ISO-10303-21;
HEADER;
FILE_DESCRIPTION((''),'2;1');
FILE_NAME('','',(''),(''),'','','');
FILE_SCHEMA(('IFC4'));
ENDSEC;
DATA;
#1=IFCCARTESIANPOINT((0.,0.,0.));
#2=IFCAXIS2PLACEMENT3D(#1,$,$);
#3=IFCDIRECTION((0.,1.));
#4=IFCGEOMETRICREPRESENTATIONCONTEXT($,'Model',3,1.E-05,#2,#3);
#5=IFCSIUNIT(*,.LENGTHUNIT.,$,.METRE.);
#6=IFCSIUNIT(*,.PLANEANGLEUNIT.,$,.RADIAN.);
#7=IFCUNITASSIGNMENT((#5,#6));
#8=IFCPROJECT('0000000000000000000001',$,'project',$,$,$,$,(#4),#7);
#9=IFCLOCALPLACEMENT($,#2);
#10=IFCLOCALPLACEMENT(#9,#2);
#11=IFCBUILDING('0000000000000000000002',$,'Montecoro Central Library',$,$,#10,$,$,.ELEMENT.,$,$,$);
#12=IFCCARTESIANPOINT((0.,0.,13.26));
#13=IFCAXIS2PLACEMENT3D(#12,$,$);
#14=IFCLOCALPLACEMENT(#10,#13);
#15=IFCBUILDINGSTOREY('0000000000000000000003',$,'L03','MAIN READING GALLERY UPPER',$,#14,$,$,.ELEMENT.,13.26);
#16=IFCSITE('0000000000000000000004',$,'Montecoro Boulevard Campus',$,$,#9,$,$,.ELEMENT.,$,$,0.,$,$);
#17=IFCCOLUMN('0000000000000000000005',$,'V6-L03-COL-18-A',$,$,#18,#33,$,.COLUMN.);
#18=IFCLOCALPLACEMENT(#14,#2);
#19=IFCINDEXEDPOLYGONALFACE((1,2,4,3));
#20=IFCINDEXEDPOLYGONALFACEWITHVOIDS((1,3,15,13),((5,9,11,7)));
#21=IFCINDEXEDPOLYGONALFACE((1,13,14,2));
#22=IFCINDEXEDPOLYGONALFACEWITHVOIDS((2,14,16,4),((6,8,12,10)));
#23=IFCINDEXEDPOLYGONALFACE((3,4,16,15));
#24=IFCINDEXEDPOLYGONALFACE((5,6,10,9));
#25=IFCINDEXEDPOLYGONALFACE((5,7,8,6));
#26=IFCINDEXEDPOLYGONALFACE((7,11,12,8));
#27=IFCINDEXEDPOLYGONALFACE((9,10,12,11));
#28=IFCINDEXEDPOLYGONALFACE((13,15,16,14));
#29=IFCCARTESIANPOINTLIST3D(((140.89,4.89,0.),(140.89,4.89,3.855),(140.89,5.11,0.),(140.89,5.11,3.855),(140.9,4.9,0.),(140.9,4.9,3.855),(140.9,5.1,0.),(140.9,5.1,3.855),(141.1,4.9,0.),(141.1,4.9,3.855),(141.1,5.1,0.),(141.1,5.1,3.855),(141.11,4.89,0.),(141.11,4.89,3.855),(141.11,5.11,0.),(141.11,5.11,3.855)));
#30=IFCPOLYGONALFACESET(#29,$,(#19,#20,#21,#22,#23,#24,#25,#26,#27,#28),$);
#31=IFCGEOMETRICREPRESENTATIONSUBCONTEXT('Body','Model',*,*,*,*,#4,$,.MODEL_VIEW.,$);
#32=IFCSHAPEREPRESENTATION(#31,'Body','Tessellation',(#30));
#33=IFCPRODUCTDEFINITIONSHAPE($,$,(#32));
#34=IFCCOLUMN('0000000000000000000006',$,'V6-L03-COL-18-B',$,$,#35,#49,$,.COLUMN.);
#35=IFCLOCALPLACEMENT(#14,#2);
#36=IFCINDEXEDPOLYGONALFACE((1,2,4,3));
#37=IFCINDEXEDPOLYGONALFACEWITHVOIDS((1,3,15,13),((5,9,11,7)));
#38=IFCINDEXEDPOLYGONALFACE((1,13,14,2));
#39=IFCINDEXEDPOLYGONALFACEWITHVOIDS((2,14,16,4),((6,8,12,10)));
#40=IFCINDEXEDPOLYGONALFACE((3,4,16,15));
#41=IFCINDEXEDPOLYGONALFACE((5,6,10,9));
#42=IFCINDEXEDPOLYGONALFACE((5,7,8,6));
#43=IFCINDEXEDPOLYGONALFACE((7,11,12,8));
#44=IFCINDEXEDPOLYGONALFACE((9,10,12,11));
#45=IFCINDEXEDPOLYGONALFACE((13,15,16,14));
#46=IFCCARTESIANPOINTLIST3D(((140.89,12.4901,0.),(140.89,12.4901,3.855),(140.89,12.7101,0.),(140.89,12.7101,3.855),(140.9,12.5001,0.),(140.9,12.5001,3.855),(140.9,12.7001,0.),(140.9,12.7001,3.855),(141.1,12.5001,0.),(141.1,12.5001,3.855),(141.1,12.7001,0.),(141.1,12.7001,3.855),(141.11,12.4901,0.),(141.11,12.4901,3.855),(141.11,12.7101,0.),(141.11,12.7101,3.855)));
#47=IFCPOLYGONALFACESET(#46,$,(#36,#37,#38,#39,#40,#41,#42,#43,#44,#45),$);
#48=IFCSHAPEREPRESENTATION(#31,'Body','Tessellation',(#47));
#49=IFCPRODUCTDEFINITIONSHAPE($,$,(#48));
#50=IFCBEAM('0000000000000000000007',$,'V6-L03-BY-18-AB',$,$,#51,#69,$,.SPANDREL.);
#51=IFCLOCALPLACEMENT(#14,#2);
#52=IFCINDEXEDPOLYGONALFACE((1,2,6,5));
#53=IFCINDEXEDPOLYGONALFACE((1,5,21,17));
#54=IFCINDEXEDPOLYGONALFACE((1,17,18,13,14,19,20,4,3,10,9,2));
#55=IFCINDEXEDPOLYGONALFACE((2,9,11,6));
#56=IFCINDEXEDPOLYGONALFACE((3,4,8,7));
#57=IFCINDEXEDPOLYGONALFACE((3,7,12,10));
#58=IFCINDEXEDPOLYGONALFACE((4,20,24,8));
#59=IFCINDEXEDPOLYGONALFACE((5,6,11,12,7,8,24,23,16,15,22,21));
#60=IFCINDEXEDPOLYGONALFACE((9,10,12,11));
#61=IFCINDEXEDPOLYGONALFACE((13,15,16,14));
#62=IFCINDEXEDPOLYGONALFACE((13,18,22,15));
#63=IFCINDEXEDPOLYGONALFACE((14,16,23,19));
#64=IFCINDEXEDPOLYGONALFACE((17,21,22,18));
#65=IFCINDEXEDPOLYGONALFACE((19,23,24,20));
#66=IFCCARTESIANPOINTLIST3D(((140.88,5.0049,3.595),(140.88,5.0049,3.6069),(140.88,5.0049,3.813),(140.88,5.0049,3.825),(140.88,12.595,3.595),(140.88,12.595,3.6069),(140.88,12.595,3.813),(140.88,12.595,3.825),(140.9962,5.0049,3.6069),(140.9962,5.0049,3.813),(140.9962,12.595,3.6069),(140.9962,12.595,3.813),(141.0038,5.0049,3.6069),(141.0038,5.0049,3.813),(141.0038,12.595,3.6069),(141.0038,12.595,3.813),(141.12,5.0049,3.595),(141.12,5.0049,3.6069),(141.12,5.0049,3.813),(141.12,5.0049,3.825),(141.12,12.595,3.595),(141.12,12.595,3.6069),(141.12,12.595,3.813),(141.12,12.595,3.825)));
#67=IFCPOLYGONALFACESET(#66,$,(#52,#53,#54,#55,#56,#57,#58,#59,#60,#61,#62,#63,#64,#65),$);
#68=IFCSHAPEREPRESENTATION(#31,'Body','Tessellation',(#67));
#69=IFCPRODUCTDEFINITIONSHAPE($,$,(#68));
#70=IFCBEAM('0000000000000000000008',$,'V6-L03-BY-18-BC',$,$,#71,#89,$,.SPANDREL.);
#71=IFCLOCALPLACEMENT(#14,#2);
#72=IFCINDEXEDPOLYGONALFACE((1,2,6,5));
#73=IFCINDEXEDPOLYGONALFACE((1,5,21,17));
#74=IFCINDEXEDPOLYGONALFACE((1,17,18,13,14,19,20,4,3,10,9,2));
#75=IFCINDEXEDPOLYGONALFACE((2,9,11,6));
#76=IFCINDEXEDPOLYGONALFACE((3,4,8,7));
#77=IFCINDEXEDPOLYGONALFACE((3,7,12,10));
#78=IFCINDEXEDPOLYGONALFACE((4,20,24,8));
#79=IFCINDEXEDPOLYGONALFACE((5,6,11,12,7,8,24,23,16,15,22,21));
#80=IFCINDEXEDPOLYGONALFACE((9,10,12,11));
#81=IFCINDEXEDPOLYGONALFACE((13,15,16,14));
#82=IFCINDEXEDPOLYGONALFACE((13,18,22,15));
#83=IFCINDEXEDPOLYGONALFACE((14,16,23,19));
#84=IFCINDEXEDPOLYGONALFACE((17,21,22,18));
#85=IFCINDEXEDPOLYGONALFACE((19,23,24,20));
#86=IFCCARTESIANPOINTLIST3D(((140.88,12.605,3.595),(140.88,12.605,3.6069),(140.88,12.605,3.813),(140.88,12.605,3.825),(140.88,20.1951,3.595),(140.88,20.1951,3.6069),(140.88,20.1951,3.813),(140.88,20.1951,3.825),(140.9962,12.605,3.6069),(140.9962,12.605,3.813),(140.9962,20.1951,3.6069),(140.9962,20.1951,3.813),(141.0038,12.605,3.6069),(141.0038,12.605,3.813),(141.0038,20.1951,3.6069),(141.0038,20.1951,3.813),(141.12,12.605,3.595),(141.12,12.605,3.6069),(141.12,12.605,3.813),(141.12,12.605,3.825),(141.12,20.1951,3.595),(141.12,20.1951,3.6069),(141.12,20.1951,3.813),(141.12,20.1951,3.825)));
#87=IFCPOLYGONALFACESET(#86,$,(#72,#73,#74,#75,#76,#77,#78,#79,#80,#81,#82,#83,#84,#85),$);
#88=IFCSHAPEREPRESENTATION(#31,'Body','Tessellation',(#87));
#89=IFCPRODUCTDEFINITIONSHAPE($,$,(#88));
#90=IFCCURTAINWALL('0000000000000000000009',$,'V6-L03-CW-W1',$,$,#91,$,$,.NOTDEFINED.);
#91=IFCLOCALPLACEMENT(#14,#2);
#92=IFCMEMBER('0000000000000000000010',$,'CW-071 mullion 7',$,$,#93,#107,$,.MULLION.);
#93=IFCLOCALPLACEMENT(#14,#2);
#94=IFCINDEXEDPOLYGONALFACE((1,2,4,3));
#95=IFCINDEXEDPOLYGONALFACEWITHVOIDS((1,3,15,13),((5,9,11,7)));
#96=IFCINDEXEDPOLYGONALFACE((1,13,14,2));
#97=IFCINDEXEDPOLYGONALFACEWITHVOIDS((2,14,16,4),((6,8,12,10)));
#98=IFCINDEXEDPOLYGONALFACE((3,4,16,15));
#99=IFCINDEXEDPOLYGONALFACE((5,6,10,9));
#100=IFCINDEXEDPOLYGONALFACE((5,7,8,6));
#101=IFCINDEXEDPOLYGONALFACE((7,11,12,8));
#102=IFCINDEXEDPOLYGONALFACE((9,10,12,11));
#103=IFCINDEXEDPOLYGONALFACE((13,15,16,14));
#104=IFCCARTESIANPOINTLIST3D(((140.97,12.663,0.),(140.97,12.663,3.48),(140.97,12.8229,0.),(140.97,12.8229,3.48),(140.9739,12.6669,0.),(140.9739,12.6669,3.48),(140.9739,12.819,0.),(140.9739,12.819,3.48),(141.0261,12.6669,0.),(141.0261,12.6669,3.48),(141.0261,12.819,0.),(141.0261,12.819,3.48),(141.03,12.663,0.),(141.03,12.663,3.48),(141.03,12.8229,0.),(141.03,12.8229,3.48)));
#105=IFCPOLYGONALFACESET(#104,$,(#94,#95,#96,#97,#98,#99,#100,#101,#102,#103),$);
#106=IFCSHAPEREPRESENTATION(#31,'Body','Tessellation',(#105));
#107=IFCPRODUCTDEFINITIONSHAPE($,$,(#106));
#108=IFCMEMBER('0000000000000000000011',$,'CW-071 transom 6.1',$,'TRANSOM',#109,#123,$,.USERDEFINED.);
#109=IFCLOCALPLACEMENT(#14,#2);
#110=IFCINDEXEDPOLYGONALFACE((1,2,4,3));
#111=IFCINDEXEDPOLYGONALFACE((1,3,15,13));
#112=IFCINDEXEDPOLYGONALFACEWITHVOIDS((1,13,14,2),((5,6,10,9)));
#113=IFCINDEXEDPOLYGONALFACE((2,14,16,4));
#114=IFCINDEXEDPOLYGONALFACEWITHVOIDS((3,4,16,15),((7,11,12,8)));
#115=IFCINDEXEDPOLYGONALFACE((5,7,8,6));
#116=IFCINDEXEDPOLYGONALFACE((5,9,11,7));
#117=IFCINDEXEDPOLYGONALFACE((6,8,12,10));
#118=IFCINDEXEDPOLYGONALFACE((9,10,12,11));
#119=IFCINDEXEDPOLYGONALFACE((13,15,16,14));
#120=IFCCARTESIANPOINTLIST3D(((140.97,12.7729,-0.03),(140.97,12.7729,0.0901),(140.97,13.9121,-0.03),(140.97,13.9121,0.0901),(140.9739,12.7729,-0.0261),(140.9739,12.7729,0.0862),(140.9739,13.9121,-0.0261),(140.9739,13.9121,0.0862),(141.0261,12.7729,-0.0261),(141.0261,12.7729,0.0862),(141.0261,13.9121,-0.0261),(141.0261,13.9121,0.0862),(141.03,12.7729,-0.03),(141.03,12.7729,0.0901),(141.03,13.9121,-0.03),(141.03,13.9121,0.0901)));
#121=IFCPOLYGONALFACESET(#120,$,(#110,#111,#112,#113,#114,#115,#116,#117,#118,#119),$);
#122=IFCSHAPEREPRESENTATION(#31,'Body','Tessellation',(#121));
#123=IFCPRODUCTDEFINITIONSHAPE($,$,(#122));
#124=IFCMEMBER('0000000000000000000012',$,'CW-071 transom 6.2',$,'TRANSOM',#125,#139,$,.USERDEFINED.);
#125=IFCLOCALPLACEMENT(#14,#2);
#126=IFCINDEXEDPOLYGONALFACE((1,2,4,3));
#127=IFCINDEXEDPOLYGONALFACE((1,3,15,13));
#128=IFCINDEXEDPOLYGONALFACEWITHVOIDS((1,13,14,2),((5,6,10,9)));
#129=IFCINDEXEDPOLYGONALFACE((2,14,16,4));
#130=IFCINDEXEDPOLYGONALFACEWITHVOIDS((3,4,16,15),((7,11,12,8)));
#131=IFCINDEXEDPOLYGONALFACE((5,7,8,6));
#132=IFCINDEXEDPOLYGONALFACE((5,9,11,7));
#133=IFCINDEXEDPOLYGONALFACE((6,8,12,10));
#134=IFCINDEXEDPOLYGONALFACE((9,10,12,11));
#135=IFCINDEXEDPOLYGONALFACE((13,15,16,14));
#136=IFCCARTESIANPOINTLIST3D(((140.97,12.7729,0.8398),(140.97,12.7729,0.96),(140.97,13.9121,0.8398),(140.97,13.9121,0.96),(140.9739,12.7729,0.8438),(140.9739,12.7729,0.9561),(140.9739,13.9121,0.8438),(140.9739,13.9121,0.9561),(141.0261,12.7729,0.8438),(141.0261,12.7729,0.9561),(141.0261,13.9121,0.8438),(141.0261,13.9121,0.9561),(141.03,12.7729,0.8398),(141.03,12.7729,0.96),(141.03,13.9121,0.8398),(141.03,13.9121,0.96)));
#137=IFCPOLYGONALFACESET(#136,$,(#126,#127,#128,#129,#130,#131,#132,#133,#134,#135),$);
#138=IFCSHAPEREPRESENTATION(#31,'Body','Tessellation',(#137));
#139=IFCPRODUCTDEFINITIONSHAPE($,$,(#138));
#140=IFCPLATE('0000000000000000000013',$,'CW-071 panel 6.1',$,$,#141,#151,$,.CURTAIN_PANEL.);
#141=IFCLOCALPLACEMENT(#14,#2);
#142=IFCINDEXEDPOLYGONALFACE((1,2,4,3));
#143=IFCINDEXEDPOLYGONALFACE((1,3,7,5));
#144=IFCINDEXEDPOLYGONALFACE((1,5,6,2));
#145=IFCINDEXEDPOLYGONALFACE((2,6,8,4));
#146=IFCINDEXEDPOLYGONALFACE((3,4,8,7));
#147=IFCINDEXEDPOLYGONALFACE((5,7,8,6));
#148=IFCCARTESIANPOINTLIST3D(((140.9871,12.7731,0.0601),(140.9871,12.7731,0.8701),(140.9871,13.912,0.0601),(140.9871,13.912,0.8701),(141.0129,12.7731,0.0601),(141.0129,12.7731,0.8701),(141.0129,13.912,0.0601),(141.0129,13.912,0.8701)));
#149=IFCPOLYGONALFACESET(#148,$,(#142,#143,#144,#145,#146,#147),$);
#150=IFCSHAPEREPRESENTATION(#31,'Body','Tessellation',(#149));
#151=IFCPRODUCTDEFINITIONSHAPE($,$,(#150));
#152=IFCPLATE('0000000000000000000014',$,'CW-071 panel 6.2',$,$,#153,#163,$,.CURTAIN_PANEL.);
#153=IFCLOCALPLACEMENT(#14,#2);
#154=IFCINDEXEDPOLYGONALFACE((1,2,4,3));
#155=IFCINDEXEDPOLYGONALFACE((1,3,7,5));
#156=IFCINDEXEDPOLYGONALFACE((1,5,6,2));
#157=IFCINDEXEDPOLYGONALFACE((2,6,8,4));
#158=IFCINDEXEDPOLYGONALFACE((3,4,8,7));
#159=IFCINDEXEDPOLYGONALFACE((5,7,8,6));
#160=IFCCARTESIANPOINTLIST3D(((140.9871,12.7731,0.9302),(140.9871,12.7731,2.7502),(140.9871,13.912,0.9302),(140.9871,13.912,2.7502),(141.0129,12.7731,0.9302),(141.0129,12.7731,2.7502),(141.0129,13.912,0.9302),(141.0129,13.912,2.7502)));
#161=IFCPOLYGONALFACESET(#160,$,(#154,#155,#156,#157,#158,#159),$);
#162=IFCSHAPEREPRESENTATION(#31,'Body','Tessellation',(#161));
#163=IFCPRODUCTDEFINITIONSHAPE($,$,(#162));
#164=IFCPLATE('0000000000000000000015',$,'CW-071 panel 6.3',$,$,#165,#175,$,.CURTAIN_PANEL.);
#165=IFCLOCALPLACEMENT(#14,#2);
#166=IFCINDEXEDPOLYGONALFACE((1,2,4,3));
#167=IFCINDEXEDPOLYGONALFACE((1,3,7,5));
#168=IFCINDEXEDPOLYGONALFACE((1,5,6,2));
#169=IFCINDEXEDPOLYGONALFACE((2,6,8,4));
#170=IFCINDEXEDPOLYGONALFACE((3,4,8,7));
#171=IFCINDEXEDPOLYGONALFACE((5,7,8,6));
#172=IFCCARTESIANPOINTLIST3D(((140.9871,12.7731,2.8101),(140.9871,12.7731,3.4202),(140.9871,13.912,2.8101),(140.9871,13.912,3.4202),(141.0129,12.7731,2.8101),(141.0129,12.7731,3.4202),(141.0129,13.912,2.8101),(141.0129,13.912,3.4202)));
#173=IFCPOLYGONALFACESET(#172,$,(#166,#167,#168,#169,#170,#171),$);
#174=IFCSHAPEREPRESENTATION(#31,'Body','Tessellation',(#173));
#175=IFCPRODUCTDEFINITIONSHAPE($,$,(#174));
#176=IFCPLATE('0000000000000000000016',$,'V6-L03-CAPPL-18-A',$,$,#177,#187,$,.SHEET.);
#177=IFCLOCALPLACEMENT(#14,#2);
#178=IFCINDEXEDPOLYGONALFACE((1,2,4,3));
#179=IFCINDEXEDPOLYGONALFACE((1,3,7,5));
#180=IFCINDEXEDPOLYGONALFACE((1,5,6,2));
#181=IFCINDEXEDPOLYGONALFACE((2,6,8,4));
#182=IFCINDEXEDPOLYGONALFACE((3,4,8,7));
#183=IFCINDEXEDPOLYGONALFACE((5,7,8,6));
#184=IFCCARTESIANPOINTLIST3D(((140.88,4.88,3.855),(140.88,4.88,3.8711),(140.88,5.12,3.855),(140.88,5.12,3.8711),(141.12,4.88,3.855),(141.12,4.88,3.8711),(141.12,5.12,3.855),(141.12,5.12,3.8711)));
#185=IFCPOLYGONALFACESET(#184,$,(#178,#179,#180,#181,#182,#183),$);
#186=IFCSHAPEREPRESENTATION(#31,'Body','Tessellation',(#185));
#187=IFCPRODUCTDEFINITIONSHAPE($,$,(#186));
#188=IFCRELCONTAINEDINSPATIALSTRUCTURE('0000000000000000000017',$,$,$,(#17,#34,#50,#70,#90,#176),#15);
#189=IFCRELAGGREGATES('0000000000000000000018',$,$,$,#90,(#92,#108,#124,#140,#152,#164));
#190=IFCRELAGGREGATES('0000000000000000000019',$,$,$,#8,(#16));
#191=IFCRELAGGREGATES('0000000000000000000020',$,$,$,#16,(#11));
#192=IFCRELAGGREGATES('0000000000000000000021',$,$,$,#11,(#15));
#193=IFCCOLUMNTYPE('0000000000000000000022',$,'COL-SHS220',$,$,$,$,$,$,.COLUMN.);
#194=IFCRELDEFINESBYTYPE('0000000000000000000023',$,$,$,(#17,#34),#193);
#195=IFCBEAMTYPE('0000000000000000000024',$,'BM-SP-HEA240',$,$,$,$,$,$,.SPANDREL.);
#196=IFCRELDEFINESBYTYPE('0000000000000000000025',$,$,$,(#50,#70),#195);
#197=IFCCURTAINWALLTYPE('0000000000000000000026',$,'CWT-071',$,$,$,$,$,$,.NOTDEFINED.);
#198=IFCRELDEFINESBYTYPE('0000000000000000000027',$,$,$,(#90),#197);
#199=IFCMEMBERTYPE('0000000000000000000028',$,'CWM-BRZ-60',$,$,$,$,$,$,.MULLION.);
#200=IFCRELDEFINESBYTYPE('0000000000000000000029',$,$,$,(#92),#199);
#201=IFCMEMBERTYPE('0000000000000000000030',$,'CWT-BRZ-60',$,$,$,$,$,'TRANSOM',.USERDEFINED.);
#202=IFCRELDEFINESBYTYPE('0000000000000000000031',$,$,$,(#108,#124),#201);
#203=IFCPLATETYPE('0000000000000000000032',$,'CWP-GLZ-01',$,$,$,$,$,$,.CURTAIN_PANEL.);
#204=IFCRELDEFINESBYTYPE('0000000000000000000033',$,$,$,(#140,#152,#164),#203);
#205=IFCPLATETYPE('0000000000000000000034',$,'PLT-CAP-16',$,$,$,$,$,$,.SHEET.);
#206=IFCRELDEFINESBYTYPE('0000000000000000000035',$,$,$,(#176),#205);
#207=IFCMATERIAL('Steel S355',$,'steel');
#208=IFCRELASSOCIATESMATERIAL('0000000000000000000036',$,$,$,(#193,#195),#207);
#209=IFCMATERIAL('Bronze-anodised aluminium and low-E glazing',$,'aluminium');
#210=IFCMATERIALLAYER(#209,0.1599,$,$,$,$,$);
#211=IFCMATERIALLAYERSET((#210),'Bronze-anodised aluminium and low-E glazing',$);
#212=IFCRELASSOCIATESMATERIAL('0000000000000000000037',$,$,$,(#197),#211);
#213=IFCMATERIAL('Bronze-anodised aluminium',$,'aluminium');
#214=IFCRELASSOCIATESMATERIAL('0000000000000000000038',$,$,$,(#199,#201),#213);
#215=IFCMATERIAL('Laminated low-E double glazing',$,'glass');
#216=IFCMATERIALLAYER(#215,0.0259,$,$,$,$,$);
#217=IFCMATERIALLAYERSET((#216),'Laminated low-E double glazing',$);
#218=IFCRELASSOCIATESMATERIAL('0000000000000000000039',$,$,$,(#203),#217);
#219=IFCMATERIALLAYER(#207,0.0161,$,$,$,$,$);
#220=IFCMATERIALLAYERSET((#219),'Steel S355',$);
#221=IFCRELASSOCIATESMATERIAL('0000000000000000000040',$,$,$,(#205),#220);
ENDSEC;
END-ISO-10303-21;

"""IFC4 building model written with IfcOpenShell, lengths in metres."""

from ifc_helpers import new_model, si_unit, direction, frame, origin, origin_2d, place, context, subcontext, project, spatial, rectangle, hollow_rectangle, i_section, extrude, material, layer, layer_set, material_profile, profile_set, type_object, element, aggregate, save


model = new_model("IFC4")

# Units and contexts
model_context = context("Model", 3, precision=1e-05, world=origin(), true_north=direction((0.0, 1.0)))
body_context = subcontext(model_context, "Body", "Model", "MODEL_VIEW")
ifc_project = project(units=[si_unit("LENGTHUNIT", "METRE"), si_unit("PLANEANGLEUNIT", "RADIAN")], contexts=[model_context])

# Site, building, storey
site_placement = place(None, origin())
site = spatial("IfcSite", under=ifc_project, at=site_placement, Name="Montecoro Boulevard Campus", CompositionType="ELEMENT", RefElevation=0.0)
building_placement = place(site_placement, origin())
building = spatial("IfcBuilding", under=site, at=building_placement, Name="Montecoro Central Library", CompositionType="ELEMENT")
storey_placement = place(building_placement, frame((0.0, 0.0, 13.26)))
storey = spatial("IfcBuildingStorey", under=building, at=storey_placement, Name="L03", Description="MAIN READING GALLERY UPPER", CompositionType="ELEMENT", Elevation=13.26)

# Columns
ifc_material_1 = material(Name="Steel S355", Category="steel")
ifc_material_profile_1 = material_profile(ifc_material_1, hollow_rectangle(XDim=0.22, YDim=0.22, WallThickness=0.01, at=origin_2d()), Name="SHS 220x220x10.0")
ifc_profile_set_1 = profile_set([ifc_material_profile_1], Name="Steel S355")
column_type = type_object("IfcColumnType", Name="COL-SHS220", PredefinedType="COLUMN", material=ifc_profile_set_1)
for number, where, z_axis, x_axis, name in (
    (1, (141.0, 5.0, 0.0), (0.0, 0.0, 1.0), (1.0, 0.0, 0.0), "V6-L03-COL-18-A"),
    (2, (141.0, 12.6001, 0.0), (0.0, 0.0, 1.0), (1.0, 0.0, 0.0), "V6-L03-COL-18-B"),
):
    element("IfcColumn", number, at=place(storey_placement, frame(where, z_axis=z_axis, x_axis=x_axis)), inside=storey, type_object=column_type, Name=name, PredefinedType="COLUMN", context=body_context, shape_type="SweptSolid", body=[
        extrude(hollow_rectangle(XDim=0.22, YDim=0.22, WallThickness=0.01, at=origin_2d()), origin(), (0.0, 0.0, 1.0), 3.855),
    ])

# Beams
ifc_material_profile_2 = material_profile(ifc_material_1, i_section(OverallWidth=0.24, OverallDepth=0.23, WebThickness=0.0076, FlangeThickness=0.012, at=origin_2d()), Name="HEA 240")
ifc_profile_set_2 = profile_set([ifc_material_profile_2], Name="Steel S355")
beam_type = type_object("IfcBeamType", Name="BM-SP-HEA240", PredefinedType="SPANDREL", material=ifc_profile_set_2)
for number, where, z_axis, x_axis, name in (
    (3, (141.0, 5.0049, 3.71), (0.0, 1.0, 0.0), (-1.0, 0.0, 0.0), "V6-L03-BY-18-AB"),
    (4, (141.0, 12.605, 3.71), (0.0, 1.0, 0.0), (-1.0, 0.0, 0.0), "V6-L03-BY-18-BC"),
):
    element("IfcBeam", number, at=place(storey_placement, frame(where, z_axis=z_axis, x_axis=x_axis)), inside=storey, type_object=beam_type, Name=name, PredefinedType="SPANDREL", context=body_context, shape_type="SweptSolid", body=[
        extrude(i_section(OverallWidth=0.24, OverallDepth=0.23, WebThickness=0.0076, FlangeThickness=0.012, at=origin_2d()), origin(), (0.0, 0.0, 1.0), 7.5901),
    ])

# Curtain wall, members, plates
ifc_material_2 = material(Name="Bronze-anodised aluminium and low-E glazing", Category="aluminium")
ifc_layer_1 = layer(ifc_material_2, 0.1599)
ifc_layer_set_1 = layer_set([ifc_layer_1], Name="Bronze-anodised aluminium and low-E glazing")
curtain_wall_type = type_object("IfcCurtainWallType", Name="CWT-071", PredefinedType="NOTDEFINED", material=ifc_layer_set_1)
curtain_wall_placement = place(storey_placement, origin())
curtain_wall = element("IfcCurtainWall", 5, at=curtain_wall_placement, inside=storey, type_object=curtain_wall_type, Name="V6-L03-CW-W1", PredefinedType="NOTDEFINED")
ifc_material_3 = material(Name="Bronze-anodised aluminium", Category="aluminium")
ifc_material_profile_3 = material_profile(ifc_material_3, hollow_rectangle(XDim=0.0601, YDim=0.1599, WallThickness=0.0039, at=origin_2d()), Name="CWM 160x60x4.0")
ifc_profile_set_3 = profile_set([ifc_material_profile_3], Name="Bronze-anodised aluminium")
member_type_1 = type_object("IfcMemberType", Name="CWM-BRZ-60", PredefinedType="MULLION", material=ifc_profile_set_3)
member_1_placement = place(storey_placement, frame((141.0, 12.7429, 0.0), z_axis=(0.0, 0.0, 1.0), x_axis=(1.0, 0.0, 0.0)))
member_1 = element("IfcMember", 6, at=member_1_placement, type_object=member_type_1, Name="CW-071 mullion 7", PredefinedType="MULLION", context=body_context, shape_type="SweptSolid", body=[
    extrude(hollow_rectangle(XDim=0.0601, YDim=0.1599, WallThickness=0.0039, at=origin_2d()), origin(), (0.0, 0.0, 1.0), 3.48),
])
ifc_material_profile_4 = material_profile(ifc_material_3, hollow_rectangle(XDim=0.0601, YDim=0.1201, WallThickness=0.0039, at=origin_2d()), Name="CWT 120x60x4.0")
ifc_profile_set_4 = profile_set([ifc_material_profile_4], Name="Bronze-anodised aluminium")
member_type_2 = type_object("IfcMemberType", Name="CWT-BRZ-60", ElementType="TRANSOM", PredefinedType="USERDEFINED", material=ifc_profile_set_4)
member_2_placement = place(storey_placement, frame((141.0, 13.9121, 0.03), z_axis=(0.0, -1.0, 0.0), x_axis=(1.0, 0.0, 0.0)))
member_2 = element("IfcMember", 7, at=member_2_placement, type_object=member_type_2, Name="CW-071 transom 6.1", ObjectType="TRANSOM", PredefinedType="USERDEFINED", context=body_context, shape_type="SweptSolid", body=[
    extrude(hollow_rectangle(XDim=0.0601, YDim=0.1201, WallThickness=0.0039, at=origin_2d()), origin(), (0.0, 0.0, 1.0), 1.1392),
])
member_3_placement = place(storey_placement, frame((141.0, 13.9121, 0.8999), z_axis=(0.0, -1.0, 0.0), x_axis=(1.0, 0.0, 0.0)))
member_3 = element("IfcMember", 8, at=member_3_placement, type_object=member_type_2, Name="CW-071 transom 6.2", ObjectType="TRANSOM", PredefinedType="USERDEFINED", context=body_context, shape_type="SweptSolid", body=[
    extrude(hollow_rectangle(XDim=0.0601, YDim=0.1201, WallThickness=0.0039, at=origin_2d()), origin(), (0.0, 0.0, 1.0), 1.1392),
])
ifc_material_4 = material(Name="Laminated low-E double glazing", Category="glass")
ifc_layer_2 = layer(ifc_material_4, 0.0259)
ifc_layer_set_2 = layer_set([ifc_layer_2], Name="Laminated low-E double glazing")
plate_type_1 = type_object("IfcPlateType", Name="CWP-GLZ-01", PredefinedType="CURTAIN_PANEL", material=ifc_layer_set_2)
plate_1_placement = place(storey_placement, frame((141.0, 13.3425, 0.0601), z_axis=(0.0, 0.0, 1.0), x_axis=(0.0, -1.0, 0.0)))
plate_1 = element("IfcPlate", 9, at=plate_1_placement, type_object=plate_type_1, Name="CW-071 panel 6.1", PredefinedType="CURTAIN_PANEL", context=body_context, shape_type="SweptSolid", body=[
    extrude(rectangle(XDim=1.1389, YDim=0.0259, at=origin_2d()), origin(), (0.0, 0.0, 1.0), 0.8101),
])
plate_2_placement = place(storey_placement, frame((141.0, 13.3425, 0.9302), z_axis=(0.0, 0.0, 1.0), x_axis=(0.0, -1.0, 0.0)))
plate_2 = element("IfcPlate", 10, at=plate_2_placement, type_object=plate_type_1, Name="CW-071 panel 6.2", PredefinedType="CURTAIN_PANEL", context=body_context, shape_type="SweptSolid", body=[
    extrude(rectangle(XDim=1.1389, YDim=0.0259, at=origin_2d()), origin(), (0.0, 0.0, 1.0), 1.8201),
])
plate_3_placement = place(storey_placement, frame((141.0, 13.3425, 2.8101), z_axis=(0.0, 0.0, 1.0), x_axis=(0.0, -1.0, 0.0)))
plate_3 = element("IfcPlate", 11, at=plate_3_placement, type_object=plate_type_1, Name="CW-071 panel 6.3", PredefinedType="CURTAIN_PANEL", context=body_context, shape_type="SweptSolid", body=[
    extrude(rectangle(XDim=1.1389, YDim=0.0259, at=origin_2d()), origin(), (0.0, 0.0, 1.0), 0.6101),
])
aggregate(curtain_wall, [member_1, member_2, member_3, plate_1, plate_2, plate_3])

# Plate
ifc_layer_3 = layer(ifc_material_1, 0.0161)
ifc_layer_set_3 = layer_set([ifc_layer_3], Name="Steel S355")
plate_type_2 = type_object("IfcPlateType", Name="PLT-CAP-16", PredefinedType="SHEET", material=ifc_layer_set_3)
for number, where, z_axis, x_axis, name in (
    (12, (141.0, 5.0, 3.855), (0.0, 0.0, 1.0), (1.0, 0.0, 0.0), "V6-L03-CAPPL-18-A"),
):
    element("IfcPlate", number, at=place(storey_placement, frame(where, z_axis=z_axis, x_axis=x_axis)), inside=storey, type_object=plate_type_2, Name=name, PredefinedType="SHEET", context=body_context, shape_type="SweptSolid", body=[
        extrude(rectangle(XDim=0.24, YDim=0.24, at=origin_2d()), origin(), (0.0, 0.0, 1.0), 0.0161),
    ])

save(model, "model.ifc")
